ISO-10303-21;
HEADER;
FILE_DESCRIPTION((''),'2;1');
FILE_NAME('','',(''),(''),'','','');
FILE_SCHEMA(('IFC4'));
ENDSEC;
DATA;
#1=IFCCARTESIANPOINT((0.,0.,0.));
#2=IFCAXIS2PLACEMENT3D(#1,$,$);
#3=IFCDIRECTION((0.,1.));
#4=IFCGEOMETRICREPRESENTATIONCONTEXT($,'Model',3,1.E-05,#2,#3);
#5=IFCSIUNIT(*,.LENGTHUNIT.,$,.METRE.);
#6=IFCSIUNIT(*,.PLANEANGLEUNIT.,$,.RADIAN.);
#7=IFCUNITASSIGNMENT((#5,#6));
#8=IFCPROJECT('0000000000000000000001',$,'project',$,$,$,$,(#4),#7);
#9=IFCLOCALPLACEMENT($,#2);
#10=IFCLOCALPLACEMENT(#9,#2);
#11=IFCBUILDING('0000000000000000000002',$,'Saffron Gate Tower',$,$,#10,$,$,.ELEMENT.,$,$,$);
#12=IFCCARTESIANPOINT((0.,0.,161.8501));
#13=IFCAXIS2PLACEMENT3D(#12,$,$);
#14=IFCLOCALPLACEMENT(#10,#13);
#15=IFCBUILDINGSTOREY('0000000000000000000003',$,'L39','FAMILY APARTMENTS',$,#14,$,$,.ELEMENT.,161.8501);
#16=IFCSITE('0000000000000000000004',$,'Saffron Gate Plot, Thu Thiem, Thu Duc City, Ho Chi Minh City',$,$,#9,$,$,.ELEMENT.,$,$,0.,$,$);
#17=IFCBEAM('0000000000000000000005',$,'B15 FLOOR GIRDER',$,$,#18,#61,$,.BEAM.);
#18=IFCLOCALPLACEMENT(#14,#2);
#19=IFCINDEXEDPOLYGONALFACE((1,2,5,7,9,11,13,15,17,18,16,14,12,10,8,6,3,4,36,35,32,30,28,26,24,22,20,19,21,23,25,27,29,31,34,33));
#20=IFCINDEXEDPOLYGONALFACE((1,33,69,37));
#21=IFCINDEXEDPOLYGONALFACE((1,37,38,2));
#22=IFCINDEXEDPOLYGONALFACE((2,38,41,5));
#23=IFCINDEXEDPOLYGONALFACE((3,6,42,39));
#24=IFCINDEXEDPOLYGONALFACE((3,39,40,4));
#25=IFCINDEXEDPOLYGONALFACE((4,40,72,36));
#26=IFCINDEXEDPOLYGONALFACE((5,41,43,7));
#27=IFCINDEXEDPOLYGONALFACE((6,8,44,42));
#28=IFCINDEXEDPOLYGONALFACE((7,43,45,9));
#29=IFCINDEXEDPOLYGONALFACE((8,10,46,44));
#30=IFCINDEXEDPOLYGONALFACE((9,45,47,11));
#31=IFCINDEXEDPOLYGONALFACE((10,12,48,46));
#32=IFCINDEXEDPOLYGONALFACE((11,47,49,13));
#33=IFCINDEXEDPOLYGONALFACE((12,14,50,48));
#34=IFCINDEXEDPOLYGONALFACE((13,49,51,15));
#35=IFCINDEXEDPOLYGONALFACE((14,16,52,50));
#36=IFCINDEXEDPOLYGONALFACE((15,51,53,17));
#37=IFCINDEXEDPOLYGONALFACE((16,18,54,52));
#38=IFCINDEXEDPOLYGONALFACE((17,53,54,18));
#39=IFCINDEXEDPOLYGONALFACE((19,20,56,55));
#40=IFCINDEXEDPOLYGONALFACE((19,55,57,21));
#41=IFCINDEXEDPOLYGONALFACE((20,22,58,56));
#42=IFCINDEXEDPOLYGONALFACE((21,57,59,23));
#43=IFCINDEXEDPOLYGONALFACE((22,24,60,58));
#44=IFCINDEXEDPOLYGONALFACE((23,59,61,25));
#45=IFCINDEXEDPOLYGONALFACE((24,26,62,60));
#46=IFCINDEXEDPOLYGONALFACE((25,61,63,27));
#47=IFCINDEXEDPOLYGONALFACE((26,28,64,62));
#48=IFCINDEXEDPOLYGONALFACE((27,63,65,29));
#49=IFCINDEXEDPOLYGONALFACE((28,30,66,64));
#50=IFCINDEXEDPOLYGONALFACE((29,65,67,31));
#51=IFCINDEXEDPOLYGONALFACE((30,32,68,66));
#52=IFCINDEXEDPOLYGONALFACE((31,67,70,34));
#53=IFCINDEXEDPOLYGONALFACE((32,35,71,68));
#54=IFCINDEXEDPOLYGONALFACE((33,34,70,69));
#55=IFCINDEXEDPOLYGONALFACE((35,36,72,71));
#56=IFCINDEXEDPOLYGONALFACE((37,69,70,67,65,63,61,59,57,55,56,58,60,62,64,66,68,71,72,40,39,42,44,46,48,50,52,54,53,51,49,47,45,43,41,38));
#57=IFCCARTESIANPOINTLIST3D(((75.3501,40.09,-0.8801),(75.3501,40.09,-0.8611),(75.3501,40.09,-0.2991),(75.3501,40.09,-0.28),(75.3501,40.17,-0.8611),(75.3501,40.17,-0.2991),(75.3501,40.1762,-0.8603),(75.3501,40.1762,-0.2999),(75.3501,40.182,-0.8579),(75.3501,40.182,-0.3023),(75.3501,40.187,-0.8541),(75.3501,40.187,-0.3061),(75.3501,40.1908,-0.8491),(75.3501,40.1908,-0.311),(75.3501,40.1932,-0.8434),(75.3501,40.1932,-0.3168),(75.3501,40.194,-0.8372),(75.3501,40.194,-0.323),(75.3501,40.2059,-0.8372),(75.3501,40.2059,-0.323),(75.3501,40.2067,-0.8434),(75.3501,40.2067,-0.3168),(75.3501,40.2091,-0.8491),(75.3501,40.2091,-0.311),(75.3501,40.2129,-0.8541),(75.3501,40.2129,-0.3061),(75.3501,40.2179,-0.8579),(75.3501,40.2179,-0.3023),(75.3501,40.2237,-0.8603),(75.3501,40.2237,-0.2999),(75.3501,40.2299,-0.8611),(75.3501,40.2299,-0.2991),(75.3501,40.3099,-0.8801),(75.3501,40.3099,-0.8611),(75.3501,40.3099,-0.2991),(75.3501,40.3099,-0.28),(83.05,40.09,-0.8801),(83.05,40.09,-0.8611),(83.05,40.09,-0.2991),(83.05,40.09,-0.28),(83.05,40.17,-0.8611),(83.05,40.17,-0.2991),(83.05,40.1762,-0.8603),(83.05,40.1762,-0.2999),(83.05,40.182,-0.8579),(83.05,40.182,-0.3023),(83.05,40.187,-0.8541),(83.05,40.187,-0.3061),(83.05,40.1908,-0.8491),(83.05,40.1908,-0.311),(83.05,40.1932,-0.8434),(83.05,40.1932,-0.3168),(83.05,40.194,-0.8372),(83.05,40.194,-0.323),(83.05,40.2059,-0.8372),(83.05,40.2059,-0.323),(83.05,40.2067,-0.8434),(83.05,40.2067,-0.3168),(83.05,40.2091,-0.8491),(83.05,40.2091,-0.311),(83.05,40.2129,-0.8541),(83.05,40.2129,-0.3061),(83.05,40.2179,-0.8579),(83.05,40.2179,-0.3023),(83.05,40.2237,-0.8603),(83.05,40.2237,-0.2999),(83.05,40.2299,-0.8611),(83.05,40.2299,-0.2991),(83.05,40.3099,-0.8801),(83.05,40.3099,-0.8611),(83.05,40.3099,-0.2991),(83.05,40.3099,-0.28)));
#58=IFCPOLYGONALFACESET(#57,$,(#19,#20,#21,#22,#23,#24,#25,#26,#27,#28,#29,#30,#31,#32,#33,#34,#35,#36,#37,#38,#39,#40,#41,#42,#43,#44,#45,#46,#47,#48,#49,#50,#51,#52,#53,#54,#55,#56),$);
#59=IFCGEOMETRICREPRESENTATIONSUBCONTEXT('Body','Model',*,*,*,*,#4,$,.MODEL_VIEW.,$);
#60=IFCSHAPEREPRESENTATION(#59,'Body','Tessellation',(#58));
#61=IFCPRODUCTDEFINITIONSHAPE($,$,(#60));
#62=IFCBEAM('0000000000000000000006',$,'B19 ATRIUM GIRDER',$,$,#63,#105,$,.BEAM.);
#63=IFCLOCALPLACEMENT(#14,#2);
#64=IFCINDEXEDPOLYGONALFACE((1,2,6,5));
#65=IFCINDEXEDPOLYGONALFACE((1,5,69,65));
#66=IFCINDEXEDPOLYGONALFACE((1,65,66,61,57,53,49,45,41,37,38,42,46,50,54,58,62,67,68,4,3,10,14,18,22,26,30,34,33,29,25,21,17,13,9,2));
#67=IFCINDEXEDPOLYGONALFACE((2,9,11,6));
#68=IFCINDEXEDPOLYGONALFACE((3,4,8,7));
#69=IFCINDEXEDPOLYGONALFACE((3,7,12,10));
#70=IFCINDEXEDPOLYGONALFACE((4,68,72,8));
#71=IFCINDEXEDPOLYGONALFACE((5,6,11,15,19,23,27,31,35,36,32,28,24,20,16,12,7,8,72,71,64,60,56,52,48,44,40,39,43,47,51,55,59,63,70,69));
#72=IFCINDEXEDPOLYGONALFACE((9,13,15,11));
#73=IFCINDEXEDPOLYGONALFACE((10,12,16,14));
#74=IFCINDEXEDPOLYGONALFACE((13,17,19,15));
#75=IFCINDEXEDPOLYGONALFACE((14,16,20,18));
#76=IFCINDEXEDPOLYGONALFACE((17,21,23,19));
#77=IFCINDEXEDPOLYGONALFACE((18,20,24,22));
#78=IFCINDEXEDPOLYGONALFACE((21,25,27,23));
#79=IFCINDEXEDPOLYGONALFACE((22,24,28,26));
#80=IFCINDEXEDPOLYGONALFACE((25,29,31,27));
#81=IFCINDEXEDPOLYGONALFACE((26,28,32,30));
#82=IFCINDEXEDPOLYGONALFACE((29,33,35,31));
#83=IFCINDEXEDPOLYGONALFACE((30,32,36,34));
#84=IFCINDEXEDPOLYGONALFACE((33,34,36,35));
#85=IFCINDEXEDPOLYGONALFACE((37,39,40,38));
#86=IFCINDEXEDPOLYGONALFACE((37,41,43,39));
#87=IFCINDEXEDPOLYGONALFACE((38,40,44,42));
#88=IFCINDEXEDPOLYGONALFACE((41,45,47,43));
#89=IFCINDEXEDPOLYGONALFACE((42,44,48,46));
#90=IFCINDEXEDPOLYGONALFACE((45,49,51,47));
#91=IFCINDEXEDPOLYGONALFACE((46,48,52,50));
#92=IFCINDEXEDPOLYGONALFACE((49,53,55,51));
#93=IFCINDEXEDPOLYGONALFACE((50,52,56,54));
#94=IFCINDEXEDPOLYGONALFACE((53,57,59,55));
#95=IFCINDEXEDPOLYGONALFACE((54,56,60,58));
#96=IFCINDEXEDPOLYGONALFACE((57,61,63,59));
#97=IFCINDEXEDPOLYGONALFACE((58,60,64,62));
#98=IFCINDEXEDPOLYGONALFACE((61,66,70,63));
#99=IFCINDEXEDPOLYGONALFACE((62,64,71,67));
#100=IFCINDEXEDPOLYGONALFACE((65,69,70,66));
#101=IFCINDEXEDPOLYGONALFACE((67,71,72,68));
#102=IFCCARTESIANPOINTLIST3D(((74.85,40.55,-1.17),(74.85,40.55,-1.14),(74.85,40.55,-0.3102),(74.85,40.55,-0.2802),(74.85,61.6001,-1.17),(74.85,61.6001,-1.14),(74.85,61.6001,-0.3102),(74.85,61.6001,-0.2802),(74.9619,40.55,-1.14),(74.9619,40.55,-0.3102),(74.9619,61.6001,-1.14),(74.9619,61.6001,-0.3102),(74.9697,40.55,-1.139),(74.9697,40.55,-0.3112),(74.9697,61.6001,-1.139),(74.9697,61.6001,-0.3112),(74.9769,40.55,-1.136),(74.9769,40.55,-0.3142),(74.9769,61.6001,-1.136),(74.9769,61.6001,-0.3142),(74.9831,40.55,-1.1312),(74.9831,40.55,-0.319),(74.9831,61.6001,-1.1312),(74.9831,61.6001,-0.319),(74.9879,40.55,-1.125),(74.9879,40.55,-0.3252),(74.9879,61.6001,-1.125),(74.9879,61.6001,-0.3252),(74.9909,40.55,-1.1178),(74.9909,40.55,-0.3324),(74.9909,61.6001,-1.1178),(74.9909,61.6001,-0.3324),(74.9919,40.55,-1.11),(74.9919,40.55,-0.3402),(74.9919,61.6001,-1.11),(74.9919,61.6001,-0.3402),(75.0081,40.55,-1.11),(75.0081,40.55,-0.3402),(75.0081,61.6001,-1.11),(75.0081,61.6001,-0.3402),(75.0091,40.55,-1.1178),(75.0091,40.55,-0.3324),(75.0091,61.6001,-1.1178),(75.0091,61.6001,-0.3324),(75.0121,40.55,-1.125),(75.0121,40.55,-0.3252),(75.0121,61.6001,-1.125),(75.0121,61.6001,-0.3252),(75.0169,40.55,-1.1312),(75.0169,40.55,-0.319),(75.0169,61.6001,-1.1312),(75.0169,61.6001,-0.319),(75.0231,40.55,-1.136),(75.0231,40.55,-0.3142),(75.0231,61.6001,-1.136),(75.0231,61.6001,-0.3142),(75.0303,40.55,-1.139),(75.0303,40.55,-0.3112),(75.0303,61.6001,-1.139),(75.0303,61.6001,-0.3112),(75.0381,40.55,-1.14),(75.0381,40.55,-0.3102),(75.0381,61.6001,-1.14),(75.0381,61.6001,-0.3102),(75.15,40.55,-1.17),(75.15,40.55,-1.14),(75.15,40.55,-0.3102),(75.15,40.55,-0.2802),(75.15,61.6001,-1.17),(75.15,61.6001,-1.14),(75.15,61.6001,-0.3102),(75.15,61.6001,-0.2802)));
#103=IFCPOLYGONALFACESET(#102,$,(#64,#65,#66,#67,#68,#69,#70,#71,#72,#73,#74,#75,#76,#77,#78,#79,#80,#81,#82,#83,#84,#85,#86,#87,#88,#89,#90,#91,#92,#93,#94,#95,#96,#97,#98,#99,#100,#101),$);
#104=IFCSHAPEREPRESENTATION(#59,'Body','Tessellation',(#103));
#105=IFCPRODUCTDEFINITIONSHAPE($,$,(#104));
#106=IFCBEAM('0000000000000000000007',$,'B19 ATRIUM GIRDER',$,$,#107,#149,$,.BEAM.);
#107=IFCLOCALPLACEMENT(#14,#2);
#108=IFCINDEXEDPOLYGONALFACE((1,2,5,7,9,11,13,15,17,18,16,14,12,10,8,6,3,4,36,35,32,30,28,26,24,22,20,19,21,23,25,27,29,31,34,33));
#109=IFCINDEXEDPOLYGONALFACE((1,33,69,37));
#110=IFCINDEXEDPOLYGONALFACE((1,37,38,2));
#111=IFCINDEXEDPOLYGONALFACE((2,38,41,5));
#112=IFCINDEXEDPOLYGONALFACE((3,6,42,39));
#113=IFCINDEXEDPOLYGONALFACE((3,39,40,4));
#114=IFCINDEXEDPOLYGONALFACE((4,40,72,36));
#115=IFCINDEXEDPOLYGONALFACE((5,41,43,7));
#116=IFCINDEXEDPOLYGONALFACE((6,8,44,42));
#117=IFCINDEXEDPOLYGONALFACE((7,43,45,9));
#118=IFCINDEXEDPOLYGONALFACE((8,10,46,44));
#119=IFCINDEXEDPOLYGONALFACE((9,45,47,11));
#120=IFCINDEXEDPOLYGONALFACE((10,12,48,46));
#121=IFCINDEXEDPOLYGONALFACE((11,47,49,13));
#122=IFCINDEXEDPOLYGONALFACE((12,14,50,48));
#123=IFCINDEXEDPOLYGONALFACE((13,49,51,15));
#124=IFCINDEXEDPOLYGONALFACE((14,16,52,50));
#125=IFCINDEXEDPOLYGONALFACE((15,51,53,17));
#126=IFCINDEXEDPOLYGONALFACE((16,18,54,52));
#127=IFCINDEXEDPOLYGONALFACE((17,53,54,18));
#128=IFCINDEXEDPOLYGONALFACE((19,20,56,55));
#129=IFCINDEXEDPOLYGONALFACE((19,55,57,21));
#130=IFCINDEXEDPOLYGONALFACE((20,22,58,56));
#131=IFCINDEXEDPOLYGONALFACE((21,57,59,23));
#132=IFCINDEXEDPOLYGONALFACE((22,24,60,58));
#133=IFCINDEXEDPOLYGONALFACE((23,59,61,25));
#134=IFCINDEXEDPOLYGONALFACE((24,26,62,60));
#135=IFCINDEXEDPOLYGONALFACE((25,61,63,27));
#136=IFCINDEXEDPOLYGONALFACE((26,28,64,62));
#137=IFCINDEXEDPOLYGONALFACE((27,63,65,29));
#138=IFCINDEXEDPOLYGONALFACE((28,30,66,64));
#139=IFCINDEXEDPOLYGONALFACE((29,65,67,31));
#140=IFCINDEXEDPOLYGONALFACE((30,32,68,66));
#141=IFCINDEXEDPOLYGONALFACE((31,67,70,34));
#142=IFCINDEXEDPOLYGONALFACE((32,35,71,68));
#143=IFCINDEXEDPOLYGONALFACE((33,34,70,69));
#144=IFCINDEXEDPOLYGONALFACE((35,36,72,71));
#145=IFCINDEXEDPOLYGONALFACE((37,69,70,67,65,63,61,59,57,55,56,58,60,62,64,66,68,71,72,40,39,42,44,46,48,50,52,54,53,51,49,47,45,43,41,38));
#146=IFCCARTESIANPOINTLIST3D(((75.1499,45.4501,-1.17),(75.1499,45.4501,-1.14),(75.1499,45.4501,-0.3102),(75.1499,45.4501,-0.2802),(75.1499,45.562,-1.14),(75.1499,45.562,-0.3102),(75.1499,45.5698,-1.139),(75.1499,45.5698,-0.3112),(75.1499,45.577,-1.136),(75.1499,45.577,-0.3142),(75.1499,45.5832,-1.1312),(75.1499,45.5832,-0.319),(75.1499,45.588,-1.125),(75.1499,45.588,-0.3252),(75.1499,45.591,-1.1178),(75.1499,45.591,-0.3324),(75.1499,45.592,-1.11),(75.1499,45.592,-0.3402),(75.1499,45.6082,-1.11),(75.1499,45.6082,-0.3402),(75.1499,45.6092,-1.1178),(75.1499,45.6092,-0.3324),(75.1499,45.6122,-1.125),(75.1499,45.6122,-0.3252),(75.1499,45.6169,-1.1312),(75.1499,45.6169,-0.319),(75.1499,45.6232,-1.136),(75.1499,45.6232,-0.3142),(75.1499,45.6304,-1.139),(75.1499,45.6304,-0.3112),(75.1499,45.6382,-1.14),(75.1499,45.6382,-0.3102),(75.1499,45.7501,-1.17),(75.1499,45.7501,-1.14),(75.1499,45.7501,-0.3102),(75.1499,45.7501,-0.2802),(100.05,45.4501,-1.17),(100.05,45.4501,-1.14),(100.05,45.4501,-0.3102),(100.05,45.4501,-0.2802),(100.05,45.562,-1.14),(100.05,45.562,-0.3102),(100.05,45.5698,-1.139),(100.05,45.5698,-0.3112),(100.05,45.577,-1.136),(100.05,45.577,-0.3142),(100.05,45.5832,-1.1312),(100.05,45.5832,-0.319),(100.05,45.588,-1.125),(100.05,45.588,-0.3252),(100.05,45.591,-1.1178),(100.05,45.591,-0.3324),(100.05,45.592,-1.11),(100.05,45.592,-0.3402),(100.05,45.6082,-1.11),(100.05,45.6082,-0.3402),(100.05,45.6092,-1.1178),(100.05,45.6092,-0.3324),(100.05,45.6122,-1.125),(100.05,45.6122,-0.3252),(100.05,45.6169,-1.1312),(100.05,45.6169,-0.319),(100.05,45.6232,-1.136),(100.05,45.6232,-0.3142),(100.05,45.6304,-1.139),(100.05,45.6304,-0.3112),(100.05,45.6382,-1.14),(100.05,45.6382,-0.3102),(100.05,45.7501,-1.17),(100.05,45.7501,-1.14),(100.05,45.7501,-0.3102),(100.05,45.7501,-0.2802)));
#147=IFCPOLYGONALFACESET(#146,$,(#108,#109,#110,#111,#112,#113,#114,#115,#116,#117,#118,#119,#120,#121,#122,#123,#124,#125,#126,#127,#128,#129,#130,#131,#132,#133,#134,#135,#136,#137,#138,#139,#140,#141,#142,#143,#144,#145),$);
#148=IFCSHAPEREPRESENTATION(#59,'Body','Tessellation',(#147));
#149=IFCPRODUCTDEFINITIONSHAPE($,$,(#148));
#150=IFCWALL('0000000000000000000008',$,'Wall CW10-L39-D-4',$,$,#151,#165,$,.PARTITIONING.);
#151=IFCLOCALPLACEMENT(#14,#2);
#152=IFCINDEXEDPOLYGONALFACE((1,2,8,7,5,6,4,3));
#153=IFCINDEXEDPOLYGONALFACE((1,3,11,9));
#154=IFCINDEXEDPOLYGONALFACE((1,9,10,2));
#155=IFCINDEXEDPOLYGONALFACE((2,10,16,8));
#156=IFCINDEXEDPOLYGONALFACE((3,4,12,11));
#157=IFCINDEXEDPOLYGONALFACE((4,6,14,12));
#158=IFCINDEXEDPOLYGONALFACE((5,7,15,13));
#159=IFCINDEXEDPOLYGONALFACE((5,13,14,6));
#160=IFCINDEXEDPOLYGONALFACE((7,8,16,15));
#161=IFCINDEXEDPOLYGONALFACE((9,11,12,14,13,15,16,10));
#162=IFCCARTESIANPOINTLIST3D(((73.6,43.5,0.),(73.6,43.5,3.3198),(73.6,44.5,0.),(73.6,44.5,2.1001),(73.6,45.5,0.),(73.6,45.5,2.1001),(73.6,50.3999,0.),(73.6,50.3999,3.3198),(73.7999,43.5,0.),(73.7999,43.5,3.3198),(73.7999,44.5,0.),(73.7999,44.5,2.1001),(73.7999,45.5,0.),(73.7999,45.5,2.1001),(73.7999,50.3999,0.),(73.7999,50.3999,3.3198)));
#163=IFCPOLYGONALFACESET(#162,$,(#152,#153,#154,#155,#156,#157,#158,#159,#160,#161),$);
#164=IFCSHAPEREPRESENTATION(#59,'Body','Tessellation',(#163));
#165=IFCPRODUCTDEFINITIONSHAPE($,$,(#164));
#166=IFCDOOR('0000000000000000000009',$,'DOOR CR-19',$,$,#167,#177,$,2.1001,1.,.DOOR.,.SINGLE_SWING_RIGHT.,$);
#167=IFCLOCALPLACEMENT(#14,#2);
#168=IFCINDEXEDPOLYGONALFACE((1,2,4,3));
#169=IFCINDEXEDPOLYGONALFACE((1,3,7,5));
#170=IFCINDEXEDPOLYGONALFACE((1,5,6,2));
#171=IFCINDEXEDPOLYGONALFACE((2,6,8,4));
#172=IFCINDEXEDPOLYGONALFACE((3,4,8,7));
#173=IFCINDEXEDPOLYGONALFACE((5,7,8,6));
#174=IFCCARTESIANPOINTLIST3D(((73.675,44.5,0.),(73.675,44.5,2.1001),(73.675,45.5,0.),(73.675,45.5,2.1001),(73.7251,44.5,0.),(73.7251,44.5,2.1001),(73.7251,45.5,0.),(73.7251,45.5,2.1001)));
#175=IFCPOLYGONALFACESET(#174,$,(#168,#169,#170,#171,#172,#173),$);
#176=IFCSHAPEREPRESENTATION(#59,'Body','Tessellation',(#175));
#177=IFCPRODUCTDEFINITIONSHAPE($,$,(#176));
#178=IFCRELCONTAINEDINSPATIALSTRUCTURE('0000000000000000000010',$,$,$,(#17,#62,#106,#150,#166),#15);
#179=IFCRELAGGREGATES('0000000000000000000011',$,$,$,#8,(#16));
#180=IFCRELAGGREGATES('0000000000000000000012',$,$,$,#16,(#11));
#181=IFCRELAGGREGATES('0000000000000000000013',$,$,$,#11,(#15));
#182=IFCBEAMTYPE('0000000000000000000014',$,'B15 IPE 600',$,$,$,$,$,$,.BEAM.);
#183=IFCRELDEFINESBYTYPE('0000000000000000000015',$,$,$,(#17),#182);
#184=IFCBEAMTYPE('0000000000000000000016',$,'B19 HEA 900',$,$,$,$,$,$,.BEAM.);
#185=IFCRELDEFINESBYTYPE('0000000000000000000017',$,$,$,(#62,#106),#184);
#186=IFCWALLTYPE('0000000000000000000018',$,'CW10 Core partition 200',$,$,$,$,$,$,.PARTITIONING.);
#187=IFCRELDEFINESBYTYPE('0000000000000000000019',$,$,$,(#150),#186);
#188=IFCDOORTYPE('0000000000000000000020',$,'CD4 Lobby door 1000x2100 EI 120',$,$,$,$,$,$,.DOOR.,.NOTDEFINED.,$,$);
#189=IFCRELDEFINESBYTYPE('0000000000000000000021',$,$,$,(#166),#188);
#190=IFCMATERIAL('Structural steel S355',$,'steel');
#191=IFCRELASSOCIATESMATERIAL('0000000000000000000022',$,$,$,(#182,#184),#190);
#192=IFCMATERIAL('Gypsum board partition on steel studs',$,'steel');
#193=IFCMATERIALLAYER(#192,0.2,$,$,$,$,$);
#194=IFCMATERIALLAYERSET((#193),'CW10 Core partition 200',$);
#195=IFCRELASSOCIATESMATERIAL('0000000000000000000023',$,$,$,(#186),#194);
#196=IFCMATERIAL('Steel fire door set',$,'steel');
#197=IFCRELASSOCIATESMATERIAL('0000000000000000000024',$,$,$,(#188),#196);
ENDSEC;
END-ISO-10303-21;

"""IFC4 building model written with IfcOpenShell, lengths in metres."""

from ifc_helpers import new_model, si_unit, direction, frame, frame_2d, origin, origin_2d, place, context, subcontext, project, spatial, rectangle, i_section, extrude, material, layer, layer_set, material_profile, profile_set, type_object, element, fill, save


model = new_model("IFC4")

# Units and contexts
model_context = context("Model", 3, precision=1e-05, world=origin(), true_north=direction((0.0, 1.0)))
body_context = subcontext(model_context, "Body", "Model", "MODEL_VIEW")
ifc_project = project(units=[si_unit("LENGTHUNIT", "METRE"), si_unit("PLANEANGLEUNIT", "RADIAN")], contexts=[model_context])

# Site, building, storey
site_placement = place(None, origin())
site = spatial("IfcSite", under=ifc_project, at=site_placement, Name="Saffron Gate Plot, Thu Thiem, Thu Duc City, Ho Chi Minh City", CompositionType="ELEMENT", RefElevation=0.0)
building_placement = place(site_placement, origin())
building = spatial("IfcBuilding", under=site, at=building_placement, Name="Saffron Gate Tower", CompositionType="ELEMENT")
storey_placement = place(building_placement, frame((0.0, 0.0, 161.8501)))
storey = spatial("IfcBuildingStorey", under=building, at=storey_placement, Name="L39", Description="FAMILY APARTMENTS", CompositionType="ELEMENT", Elevation=161.8501)

# Beams
ifc_material_1 = material(Name="Structural steel S355", Category="steel")
ifc_material_profile_1 = material_profile(ifc_material_1, i_section(OverallWidth=0.22, OverallDepth=0.6001, WebThickness=0.012, FlangeThickness=0.019, FilletRadius=0.0239, at=origin_2d()))
ifc_profile_set_1 = profile_set([ifc_material_profile_1], Name="Structural steel S355")
beam_type_1 = type_object("IfcBeamType", Name="B15 IPE 600", PredefinedType="BEAM", material=ifc_profile_set_1)
beam_1_placement = place(storey_placement, frame((75.3501, 40.2, -0.5801), z_axis=(1.0, 0.0, 0.0), x_axis=(0.0, 1.0, 0.0)))
element("IfcBeam", 1, at=beam_1_placement, inside=storey, type_object=beam_type_1, Name="B15 FLOOR GIRDER", PredefinedType="BEAM", context=body_context, shape_type="SweptSolid", body=[
    extrude(i_section(OverallWidth=0.22, OverallDepth=0.6001, WebThickness=0.012, FlangeThickness=0.019, FilletRadius=0.0239, at=origin_2d()), origin(), (0.0, 0.0, 1.0), 7.7),
])
ifc_material_profile_2 = material_profile(ifc_material_1, i_section(OverallWidth=0.3, OverallDepth=0.8899, WebThickness=0.0161, FlangeThickness=0.03, FilletRadius=0.03, at=origin_2d()))
ifc_profile_set_2 = profile_set([ifc_material_profile_2], Name="Structural steel S355")
beam_type_2 = type_object("IfcBeamType", Name="B19 HEA 900", PredefinedType="BEAM", material=ifc_profile_set_2)
beam_2_placement = place(storey_placement, frame((75.0, 40.55, -0.7251), z_axis=(0.0, 1.0, 0.0), x_axis=(-1.0, 0.0, 0.0)))
element("IfcBeam", 2, at=beam_2_placement, inside=storey, type_object=beam_type_2, Name="B19 ATRIUM GIRDER", PredefinedType="BEAM", context=body_context, shape_type="SweptSolid", body=[
    extrude(i_section(OverallWidth=0.3, OverallDepth=0.8899, WebThickness=0.0161, FlangeThickness=0.03, FilletRadius=0.03, at=origin_2d()), origin(), (0.0, 0.0, 1.0), 21.05),
])
beam_3_placement = place(storey_placement, frame((75.1499, 45.6001, -0.7251), z_axis=(1.0, 0.0, 0.0), x_axis=(0.0, 1.0, 0.0)))
element("IfcBeam", 3, at=beam_3_placement, inside=storey, type_object=beam_type_2, Name="B19 ATRIUM GIRDER", PredefinedType="BEAM", context=body_context, shape_type="SweptSolid", body=[
    extrude(i_section(OverallWidth=0.3, OverallDepth=0.8899, WebThickness=0.0161, FlangeThickness=0.03, FilletRadius=0.03, at=origin_2d()), origin(), (0.0, 0.0, 1.0), 24.9001),
])

# Wall, opening, door
ifc_material_2 = material(Name="Gypsum board partition on steel studs", Category="steel")
ifc_layer_1 = layer(ifc_material_2, 0.2)
ifc_layer_set_1 = layer_set([ifc_layer_1], Name="CW10 Core partition 200")
wall_type_1 = type_object("IfcWallType", Name="CW10 Core partition 200", PredefinedType="PARTITIONING", material=ifc_layer_set_1)
wall_1_placement = place(storey_placement, frame((73.7, 43.5, 0.0), z_axis=(0.0, 0.0, 1.0), x_axis=(0.0, 1.0, 0.0)))
wall_1 = element("IfcWall", 4, at=wall_1_placement, inside=storey, type_object=wall_type_1, Name="Wall CW10-L39-D-4", PredefinedType="PARTITIONING", context=body_context, shape_type="SweptSolid", body=[
    extrude(rectangle(XDim=6.8999, YDim=0.2, at=frame_2d((3.45, 0.0))), origin(), (0.0, 0.0, 1.0), 3.3198),
])
opening_1_placement = place(wall_1_placement, frame((1.0, 0.0, 0.0)))
opening_1 = element("IfcOpeningElement", 5, at=opening_1_placement, cuts=wall_1, PredefinedType="OPENING", context=body_context, shape_type="SweptSolid", body=[
    extrude(rectangle(XDim=1.0, YDim=2.1001, at=frame_2d((0.5, 1.05))), frame((0.0, 0.1099, 0.0), z_axis=(0.0, -1.0, 0.0), x_axis=(1.0, 0.0, 0.0)), (0.0, 0.0, 1.0), 0.22),
])
ifc_material_3 = material(Name="Steel fire door set", Category="steel")
door_type_1 = type_object("IfcDoorType", Name="CD4 Lobby door 1000x2100 EI 120", OperationType="NOTDEFINED", PredefinedType="DOOR", material=ifc_material_3)
door_1_placement = place(opening_1_placement, origin())
door_1 = element("IfcDoor", 6, at=door_1_placement, inside=storey, type_object=door_type_1, Name="DOOR CR-19", OperationType="SINGLE_SWING_RIGHT", OverallHeight=2.1001, OverallWidth=1.0, PredefinedType="DOOR", context=body_context, shape_type="SweptSolid", body=[
    extrude(rectangle(XDim=1.0, YDim=2.1001, at=frame_2d((0.5, 1.05))), frame((0.0, 0.0249, 0.0), z_axis=(0.0, -1.0, 0.0), x_axis=(1.0, 0.0, 0.0)), (0.0, 0.0, 1.0), 0.05),
])
fill(opening_1, door_1)

save(model, "model.ifc")
